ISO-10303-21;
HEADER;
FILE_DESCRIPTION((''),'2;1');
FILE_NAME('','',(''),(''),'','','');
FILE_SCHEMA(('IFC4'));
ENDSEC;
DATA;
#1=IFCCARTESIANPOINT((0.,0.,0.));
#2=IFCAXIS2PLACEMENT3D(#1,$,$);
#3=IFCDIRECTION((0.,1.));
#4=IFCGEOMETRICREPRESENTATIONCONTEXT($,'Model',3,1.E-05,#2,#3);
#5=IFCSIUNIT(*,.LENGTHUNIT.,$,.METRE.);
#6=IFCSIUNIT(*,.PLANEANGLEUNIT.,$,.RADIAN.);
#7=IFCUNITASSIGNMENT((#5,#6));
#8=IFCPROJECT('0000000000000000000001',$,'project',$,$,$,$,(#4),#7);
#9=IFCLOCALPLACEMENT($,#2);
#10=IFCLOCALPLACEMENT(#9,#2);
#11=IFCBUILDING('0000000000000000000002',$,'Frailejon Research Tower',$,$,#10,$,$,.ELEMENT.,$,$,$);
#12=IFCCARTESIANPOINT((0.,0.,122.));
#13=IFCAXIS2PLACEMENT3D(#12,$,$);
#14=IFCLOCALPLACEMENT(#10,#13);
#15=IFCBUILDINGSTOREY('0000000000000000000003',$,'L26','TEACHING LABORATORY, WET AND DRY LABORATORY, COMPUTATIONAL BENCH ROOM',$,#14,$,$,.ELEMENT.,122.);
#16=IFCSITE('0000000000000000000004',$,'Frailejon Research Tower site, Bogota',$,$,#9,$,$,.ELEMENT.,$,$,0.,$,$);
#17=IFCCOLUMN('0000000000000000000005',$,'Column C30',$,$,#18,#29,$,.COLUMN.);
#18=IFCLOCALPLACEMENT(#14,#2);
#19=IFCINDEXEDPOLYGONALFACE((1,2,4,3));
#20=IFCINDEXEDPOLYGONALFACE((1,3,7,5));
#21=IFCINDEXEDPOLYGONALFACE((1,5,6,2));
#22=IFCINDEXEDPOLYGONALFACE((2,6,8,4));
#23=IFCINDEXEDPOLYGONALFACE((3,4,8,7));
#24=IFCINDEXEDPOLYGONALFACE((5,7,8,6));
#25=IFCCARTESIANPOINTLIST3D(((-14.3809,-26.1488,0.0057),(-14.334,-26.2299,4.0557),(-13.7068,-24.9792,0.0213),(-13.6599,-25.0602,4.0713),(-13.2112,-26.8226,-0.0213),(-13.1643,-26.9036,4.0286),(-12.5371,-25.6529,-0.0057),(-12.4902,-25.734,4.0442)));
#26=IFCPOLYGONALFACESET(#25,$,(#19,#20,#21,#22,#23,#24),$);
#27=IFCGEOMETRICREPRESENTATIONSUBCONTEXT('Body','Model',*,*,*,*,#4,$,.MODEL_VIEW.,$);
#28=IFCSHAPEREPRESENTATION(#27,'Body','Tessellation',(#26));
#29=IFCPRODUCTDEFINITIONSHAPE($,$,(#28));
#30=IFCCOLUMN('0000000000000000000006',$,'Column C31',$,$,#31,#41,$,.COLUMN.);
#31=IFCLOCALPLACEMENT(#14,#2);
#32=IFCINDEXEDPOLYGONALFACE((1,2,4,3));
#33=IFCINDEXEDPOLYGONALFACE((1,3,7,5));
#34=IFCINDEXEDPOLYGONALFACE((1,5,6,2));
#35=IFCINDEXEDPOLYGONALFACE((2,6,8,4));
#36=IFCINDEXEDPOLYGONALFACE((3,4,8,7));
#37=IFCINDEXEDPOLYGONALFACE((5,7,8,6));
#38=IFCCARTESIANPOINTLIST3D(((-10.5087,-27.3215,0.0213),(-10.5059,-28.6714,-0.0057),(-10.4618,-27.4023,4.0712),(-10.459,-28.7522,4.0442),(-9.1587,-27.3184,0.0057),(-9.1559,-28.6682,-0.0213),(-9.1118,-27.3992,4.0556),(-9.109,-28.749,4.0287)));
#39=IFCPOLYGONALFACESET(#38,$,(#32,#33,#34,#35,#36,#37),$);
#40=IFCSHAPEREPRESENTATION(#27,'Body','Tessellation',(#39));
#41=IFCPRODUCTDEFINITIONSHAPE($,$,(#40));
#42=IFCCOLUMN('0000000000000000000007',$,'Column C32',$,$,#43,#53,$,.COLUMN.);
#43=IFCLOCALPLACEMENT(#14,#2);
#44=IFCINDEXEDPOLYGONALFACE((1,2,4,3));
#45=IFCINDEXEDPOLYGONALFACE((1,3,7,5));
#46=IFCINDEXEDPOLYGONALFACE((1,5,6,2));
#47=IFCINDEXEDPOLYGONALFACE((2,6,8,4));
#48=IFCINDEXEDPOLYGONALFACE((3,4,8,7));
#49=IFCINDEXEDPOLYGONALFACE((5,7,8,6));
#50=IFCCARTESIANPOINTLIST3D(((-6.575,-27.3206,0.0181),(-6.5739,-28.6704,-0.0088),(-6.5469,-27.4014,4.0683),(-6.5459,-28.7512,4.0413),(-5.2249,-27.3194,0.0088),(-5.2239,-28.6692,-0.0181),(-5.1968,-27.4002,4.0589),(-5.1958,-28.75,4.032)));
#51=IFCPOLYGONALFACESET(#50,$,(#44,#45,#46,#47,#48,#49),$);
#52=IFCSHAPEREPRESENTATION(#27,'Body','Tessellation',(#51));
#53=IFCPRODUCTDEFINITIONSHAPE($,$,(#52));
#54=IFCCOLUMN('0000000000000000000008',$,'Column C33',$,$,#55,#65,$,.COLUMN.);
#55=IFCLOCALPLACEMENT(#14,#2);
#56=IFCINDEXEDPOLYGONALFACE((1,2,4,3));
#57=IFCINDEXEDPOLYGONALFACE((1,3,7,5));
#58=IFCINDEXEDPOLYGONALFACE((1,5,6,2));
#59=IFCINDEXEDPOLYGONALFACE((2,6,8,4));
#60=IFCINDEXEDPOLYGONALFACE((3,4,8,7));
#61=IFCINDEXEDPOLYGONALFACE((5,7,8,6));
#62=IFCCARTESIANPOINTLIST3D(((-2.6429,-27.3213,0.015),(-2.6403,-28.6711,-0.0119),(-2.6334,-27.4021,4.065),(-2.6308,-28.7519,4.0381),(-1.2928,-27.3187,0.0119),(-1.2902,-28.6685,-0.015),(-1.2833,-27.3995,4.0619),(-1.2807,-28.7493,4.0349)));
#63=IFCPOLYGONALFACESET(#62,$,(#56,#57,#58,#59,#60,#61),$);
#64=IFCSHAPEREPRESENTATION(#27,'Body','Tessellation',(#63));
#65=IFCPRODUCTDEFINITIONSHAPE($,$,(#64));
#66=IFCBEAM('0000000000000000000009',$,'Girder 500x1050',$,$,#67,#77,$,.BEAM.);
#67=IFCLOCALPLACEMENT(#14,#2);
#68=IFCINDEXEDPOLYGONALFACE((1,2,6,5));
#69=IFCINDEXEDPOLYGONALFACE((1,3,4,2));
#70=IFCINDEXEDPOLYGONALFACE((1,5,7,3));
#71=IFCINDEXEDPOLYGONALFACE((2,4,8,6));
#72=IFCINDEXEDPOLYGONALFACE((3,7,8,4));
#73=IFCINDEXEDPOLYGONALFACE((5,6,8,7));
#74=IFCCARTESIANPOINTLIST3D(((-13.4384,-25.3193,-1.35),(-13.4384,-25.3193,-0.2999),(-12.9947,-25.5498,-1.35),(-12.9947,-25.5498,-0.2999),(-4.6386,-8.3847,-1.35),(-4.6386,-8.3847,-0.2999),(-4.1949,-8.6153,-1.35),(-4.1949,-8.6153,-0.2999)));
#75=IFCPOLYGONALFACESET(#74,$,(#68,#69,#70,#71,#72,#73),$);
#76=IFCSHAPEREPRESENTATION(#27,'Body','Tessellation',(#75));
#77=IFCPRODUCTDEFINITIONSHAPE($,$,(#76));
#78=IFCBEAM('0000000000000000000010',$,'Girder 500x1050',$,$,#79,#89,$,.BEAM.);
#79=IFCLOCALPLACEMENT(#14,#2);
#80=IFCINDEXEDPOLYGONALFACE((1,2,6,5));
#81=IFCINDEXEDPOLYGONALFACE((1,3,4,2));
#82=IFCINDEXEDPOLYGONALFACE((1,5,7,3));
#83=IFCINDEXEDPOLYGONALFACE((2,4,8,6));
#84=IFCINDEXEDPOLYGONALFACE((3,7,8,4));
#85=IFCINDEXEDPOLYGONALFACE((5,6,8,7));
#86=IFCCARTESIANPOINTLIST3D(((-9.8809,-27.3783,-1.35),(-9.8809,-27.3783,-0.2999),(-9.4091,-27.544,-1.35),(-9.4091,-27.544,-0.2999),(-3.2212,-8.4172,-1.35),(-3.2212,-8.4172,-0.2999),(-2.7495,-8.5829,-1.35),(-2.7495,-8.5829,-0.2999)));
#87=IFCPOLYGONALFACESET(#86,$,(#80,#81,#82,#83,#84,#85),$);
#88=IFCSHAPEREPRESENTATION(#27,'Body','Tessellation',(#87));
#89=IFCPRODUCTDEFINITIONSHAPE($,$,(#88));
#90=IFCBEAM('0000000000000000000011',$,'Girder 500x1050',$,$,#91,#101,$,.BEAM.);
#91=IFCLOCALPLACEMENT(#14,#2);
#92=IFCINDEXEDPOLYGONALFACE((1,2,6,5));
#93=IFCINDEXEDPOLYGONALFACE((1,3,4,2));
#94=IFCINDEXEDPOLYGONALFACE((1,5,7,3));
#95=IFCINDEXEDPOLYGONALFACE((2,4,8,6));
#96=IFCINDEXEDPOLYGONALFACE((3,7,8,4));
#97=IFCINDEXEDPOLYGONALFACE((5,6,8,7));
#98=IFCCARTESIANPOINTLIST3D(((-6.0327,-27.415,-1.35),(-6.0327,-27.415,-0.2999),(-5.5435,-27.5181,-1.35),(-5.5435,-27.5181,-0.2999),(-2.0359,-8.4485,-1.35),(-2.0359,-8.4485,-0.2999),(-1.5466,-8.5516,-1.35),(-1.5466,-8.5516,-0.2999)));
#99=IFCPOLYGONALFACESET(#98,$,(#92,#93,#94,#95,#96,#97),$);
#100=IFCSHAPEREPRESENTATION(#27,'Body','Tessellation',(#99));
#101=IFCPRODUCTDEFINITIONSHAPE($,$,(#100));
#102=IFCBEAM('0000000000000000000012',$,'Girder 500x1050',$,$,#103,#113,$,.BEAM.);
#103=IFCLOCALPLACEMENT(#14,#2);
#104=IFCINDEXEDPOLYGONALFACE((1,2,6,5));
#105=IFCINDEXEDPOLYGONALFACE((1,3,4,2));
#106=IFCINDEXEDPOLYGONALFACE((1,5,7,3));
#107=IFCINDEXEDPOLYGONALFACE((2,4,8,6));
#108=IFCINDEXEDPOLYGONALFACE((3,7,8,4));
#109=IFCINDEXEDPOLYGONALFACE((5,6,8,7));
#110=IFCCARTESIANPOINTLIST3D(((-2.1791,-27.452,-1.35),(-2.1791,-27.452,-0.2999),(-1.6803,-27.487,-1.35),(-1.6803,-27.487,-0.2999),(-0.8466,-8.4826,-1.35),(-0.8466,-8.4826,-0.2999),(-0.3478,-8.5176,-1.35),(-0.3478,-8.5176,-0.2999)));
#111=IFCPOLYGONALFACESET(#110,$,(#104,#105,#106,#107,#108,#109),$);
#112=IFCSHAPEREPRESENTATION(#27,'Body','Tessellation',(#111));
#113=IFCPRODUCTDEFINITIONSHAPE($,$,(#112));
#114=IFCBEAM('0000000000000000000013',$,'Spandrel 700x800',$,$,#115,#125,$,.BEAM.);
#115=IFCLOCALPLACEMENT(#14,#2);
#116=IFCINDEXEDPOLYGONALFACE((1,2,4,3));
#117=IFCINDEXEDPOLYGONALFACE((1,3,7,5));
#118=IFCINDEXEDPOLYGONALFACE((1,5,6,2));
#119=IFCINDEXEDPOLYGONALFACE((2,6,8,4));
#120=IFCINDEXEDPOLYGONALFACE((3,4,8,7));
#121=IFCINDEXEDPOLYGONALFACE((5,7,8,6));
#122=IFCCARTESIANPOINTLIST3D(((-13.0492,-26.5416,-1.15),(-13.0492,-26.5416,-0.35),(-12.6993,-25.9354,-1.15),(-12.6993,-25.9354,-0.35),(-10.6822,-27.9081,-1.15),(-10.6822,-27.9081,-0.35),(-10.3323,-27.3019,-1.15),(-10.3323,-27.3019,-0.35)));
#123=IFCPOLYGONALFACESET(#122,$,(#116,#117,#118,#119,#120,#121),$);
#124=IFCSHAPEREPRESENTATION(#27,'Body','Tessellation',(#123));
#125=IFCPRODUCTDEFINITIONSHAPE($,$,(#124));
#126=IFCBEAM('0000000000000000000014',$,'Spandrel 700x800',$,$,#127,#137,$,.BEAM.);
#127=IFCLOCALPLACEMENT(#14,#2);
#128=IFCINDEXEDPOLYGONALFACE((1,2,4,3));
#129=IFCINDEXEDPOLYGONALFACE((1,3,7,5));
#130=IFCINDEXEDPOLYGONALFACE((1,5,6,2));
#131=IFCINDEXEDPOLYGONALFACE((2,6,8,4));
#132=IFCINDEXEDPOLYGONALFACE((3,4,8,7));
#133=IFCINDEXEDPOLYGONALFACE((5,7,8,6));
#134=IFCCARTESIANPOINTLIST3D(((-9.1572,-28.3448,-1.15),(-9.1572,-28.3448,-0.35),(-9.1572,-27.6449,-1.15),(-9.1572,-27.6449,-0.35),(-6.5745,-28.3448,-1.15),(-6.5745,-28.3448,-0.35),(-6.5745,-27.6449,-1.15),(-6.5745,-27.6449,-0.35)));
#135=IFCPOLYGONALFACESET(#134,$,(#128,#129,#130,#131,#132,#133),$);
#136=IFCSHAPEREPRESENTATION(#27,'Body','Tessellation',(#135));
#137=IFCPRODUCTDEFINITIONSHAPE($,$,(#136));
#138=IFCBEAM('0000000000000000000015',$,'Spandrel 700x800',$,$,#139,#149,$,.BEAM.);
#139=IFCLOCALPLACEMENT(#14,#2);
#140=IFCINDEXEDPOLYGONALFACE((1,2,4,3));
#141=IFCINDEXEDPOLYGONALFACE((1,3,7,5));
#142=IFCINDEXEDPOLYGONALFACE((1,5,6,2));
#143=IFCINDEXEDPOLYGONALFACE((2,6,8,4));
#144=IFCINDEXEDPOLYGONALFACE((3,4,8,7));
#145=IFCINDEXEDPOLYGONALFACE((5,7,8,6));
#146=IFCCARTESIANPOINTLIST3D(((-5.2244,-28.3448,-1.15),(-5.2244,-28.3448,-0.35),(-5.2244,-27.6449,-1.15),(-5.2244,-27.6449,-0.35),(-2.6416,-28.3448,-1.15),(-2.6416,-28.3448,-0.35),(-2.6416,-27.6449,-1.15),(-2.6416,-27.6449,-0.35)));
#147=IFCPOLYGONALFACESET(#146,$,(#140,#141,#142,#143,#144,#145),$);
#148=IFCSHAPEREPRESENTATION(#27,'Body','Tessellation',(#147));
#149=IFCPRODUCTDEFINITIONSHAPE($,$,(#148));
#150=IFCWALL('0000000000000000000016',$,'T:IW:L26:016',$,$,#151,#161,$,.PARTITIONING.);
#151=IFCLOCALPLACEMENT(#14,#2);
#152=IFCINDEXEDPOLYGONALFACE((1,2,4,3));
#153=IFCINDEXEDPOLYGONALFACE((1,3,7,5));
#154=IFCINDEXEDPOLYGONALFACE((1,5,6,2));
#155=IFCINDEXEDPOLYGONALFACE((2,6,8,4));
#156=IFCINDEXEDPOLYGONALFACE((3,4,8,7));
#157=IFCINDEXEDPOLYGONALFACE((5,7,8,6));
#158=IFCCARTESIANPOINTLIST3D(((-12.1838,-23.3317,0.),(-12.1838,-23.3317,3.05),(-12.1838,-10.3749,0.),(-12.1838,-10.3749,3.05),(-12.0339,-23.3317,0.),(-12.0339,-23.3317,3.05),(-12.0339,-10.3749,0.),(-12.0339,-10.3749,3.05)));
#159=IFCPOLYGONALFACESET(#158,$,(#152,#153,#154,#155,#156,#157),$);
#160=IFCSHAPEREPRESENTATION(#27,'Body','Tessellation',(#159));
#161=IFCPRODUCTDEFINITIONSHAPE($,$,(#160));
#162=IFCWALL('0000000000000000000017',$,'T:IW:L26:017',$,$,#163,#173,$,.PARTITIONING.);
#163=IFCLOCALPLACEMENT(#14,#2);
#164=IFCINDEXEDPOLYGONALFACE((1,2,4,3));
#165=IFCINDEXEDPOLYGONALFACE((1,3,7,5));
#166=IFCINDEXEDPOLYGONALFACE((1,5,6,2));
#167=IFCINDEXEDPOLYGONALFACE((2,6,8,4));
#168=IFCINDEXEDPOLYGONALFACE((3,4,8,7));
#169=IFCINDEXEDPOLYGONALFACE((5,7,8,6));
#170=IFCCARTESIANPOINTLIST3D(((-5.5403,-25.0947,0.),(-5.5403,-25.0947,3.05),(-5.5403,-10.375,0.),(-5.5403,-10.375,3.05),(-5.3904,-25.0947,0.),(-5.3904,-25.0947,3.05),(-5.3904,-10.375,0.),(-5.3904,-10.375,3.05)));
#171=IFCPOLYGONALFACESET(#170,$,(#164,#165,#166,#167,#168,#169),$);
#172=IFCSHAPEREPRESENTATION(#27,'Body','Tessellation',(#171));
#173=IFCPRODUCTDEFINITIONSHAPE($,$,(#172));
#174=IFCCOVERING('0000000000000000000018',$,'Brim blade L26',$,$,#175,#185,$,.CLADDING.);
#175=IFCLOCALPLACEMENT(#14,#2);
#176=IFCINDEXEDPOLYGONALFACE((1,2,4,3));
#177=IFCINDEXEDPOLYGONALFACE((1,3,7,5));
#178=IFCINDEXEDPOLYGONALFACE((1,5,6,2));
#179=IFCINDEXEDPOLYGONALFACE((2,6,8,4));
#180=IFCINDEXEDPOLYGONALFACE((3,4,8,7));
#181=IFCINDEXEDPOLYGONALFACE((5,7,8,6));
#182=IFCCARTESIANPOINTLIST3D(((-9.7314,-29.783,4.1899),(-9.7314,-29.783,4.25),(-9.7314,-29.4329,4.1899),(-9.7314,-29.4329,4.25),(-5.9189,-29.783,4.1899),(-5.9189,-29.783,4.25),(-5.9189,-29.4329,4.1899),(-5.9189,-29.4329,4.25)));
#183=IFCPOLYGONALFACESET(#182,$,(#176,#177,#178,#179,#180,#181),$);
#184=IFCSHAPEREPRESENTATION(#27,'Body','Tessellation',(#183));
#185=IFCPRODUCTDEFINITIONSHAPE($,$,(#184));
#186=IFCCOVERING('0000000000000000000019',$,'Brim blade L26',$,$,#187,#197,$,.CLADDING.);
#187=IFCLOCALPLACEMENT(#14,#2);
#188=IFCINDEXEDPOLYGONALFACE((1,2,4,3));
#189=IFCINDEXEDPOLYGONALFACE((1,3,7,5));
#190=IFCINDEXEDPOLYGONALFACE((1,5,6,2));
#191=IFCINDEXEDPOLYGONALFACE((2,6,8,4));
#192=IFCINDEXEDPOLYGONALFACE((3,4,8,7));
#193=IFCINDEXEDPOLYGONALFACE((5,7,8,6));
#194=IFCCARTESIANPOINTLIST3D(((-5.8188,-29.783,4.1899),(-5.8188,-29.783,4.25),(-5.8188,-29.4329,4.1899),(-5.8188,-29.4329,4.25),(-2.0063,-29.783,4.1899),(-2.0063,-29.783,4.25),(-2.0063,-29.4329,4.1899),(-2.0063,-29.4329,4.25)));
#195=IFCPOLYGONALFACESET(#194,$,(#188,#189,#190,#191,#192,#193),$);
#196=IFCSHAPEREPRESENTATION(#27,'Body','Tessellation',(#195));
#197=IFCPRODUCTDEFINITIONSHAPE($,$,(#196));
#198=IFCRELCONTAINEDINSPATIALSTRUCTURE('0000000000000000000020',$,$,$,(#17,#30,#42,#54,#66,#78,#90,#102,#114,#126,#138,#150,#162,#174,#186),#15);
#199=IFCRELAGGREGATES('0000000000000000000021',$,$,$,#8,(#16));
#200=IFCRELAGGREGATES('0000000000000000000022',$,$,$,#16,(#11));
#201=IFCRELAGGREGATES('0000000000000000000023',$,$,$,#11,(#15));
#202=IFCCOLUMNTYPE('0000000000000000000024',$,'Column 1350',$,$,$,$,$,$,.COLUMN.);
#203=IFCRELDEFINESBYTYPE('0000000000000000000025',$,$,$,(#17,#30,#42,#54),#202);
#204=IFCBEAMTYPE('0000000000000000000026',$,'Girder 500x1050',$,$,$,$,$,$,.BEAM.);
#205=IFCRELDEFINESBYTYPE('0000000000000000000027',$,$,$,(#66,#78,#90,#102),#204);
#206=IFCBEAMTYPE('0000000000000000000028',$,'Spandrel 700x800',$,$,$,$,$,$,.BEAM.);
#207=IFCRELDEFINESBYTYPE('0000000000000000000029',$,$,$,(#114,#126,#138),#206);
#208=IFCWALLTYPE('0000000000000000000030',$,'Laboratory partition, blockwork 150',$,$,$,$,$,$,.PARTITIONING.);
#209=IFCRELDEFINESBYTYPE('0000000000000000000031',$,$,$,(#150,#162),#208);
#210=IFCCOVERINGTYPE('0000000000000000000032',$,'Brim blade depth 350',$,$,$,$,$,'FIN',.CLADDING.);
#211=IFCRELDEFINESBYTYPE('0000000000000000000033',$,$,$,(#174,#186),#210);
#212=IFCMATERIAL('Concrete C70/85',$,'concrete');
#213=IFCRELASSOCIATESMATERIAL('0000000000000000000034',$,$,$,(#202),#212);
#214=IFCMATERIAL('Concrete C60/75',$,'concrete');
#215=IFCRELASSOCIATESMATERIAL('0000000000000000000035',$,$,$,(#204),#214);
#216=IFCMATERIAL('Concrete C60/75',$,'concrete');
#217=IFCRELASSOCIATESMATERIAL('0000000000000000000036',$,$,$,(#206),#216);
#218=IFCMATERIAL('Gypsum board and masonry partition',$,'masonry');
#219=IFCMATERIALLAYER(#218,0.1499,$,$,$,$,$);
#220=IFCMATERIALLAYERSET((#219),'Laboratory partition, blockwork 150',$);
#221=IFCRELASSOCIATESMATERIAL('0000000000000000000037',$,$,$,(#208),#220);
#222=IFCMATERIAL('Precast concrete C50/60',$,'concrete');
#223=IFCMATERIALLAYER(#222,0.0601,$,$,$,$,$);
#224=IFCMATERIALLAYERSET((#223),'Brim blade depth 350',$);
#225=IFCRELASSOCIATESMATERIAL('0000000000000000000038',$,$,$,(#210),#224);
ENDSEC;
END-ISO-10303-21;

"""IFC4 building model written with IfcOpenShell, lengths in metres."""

from ifc_helpers import new_model, si_unit, direction, frame, frame_2d, origin, origin_2d, place, context, subcontext, project, spatial, polyline, rectangle, outline, extrude, material, layer, layer_set, material_profile, profile_set, type_object, element, save


model = new_model("IFC4")

# Units and contexts
model_context = context("Model", 3, precision=1e-05, world=origin(), true_north=direction((0.0, 1.0)))
body_context = subcontext(model_context, "Body", "Model", "MODEL_VIEW")
ifc_project = project(units=[si_unit("LENGTHUNIT", "METRE"), si_unit("PLANEANGLEUNIT", "RADIAN")], contexts=[model_context])

# Site, building, storey
site_placement = place(None, origin())
site = spatial("IfcSite", under=ifc_project, at=site_placement, Name="Frailejon Research Tower site, Bogota", CompositionType="ELEMENT", RefElevation=0.0)
building_placement = place(site_placement, origin())
building = spatial("IfcBuilding", under=site, at=building_placement, Name="Frailejon Research Tower", CompositionType="ELEMENT")
storey_placement = place(building_placement, frame((0.0, 0.0, 122.0)))
storey = spatial("IfcBuildingStorey", under=building, at=storey_placement, Name="L26", Description="TEACHING LABORATORY, WET AND DRY LABORATORY, COMPUTATIONAL BENCH ROOM", CompositionType="ELEMENT", Elevation=122.0)

# Columns
ifc_material_1 = material(Name="Concrete C70/85", Category="concrete")
ifc_material_profile_1 = material_profile(ifc_material_1, rectangle(XDim=1.3501, YDim=1.3501, at=origin_2d()), Name="Column 1350")
ifc_profile_set_1 = profile_set([ifc_material_profile_1], Name="Concrete C70/85")
column_type = type_object("IfcColumnType", Name="Column 1350", PredefinedType="COLUMN", material=ifc_profile_set_1)
for number, where, z_axis, x_axis, name in (
    (1, (-13.459, -25.9009, 0.0), (0.011571, -0.020008, 0.999733), (0.866357, -0.499025, -0.020014), "Column C30"),
    (2, (-9.8323, -27.9949, 0.0), (0.011571, -0.019948, 0.999734), (0.999931, 0.002318, -0.011527), "Column C31"),
    (3, (-5.8994, -27.9949, 0.0), (0.006931, -0.019949, 0.999777), (0.999976, 0.000889, -0.006914), "Column C32"),
):
    element("IfcColumn", number, at=place(storey_placement, frame(where, z_axis=z_axis, x_axis=x_axis)), inside=storey, type_object=column_type, Name=name, PredefinedType="COLUMN", context=body_context, shape_type="SweptSolid", body=[
        extrude(rectangle(XDim=1.3501, YDim=1.3501, at=origin_2d()), origin(), (0.0, 0.0, 1.0), 4.051),
    ])
column_placement = place(storey_placement, frame((-1.9666, -27.9949, 0.0), z_axis=(0.00235, -0.019949, 0.999798), x_axis=(0.999995, 0.001936, -0.002312)))
element("IfcColumn", 4, at=column_placement, inside=storey, type_object=column_type, Name="Column C33", PredefinedType="COLUMN", context=body_context, shape_type="SweptSolid", body=[
    extrude(rectangle(XDim=1.3501, YDim=1.3501, at=origin_2d()), origin(), (0.0, 0.0, 1.0), 4.0508),
])

# Beams
ifc_material_2 = material(Name="Concrete C60/75", Category="concrete")
ifc_material_profile_2 = material_profile(ifc_material_2, rectangle(XDim=0.5, YDim=1.05, at=origin_2d()), Name="Girder 500x1050")
ifc_profile_set_2 = profile_set([ifc_material_profile_2], Name="Concrete C60/75")
beam_type_1 = type_object("IfcBeamType", Name="Girder 500x1050", PredefinedType="BEAM", material=ifc_profile_set_2)
beam_1_placement = place(storey_placement, frame((-13.2166, -25.4346, -0.825), z_axis=(0.461098, 0.887349, 0.0), x_axis=(-0.887349, 0.461098, 0.0)))
element("IfcBeam", 5, at=beam_1_placement, inside=storey, type_object=beam_type_1, Name="Girder 500x1050", PredefinedType="BEAM", context=body_context, shape_type="SweptSolid", body=[
    extrude(rectangle(XDim=0.5, YDim=1.05, at=origin_2d()), origin(), (0.0, 0.0, 1.0), 19.0845),
])
beam_2_placement = place(storey_placement, frame((-9.645, -27.4612, -0.825), z_axis=(0.331381, 0.943497, 0.0), x_axis=(-0.943497, 0.331381, 0.0)))
element("IfcBeam", 6, at=beam_2_placement, inside=storey, type_object=beam_type_1, Name="Girder 500x1050", PredefinedType="BEAM", context=body_context, shape_type="SweptSolid", body=[
    extrude(rectangle(XDim=0.5, YDim=1.05, at=origin_2d()), origin(), (0.0, 0.0, 1.0), 20.0967),
])
beam_3_placement = place(storey_placement, frame((-5.7881, -27.4666, -0.825), z_axis=(0.206202, 0.97851, 0.0), x_axis=(-0.97851, 0.206202, 0.0)))
element("IfcBeam", 7, at=beam_3_placement, inside=storey, type_object=beam_type_1, Name="Girder 500x1050", PredefinedType="BEAM", context=body_context, shape_type="SweptSolid", body=[
    extrude(rectangle(XDim=0.5, YDim=1.05, at=origin_2d()), origin(), (0.0, 0.0, 1.0), 19.3831),
])
beam_4_placement = place(storey_placement, frame((-1.9297, -27.4695, -0.825), z_axis=(0.070073, 0.997542, 0.0), x_axis=(-0.997542, 0.070073, 0.0)))
element("IfcBeam", 8, at=beam_4_placement, inside=storey, type_object=beam_type_1, Name="Girder 500x1050", PredefinedType="BEAM", context=body_context, shape_type="SweptSolid", body=[
    extrude(rectangle(XDim=0.5, YDim=1.05, at=origin_2d()), origin(), (0.0, 0.0, 1.0), 19.0161),
])
ifc_material_3 = material(Name="Concrete C60/75", Category="concrete")
ifc_material_profile_3 = material_profile(ifc_material_3, rectangle(XDim=0.7, YDim=0.8, at=origin_2d()), Name="Spandrel 700x800")
ifc_profile_set_3 = profile_set([ifc_material_profile_3], Name="Concrete C60/75")
beam_type_2 = type_object("IfcBeamType", Name="Spandrel 700x800", PredefinedType="BEAM", material=ifc_profile_set_3)
beam_5_placement = place(storey_placement, frame((-12.8743, -26.2385, -0.75), z_axis=(0.866041, -0.499972, 0.0), x_axis=(0.499972, 0.866041, 0.0)))
element("IfcBeam", 9, at=beam_5_placement, inside=storey, type_object=beam_type_2, Name="Spandrel 700x800", PredefinedType="BEAM", context=body_context, shape_type="SweptSolid", body=[
    extrude(rectangle(XDim=0.7, YDim=0.8, at=origin_2d()), origin(), (0.0, 0.0, 1.0), 2.7332),
])
for number, where, z_axis, x_axis, name in (
    (10, (-9.1572, -27.9949, -0.75), (1.0, 0.0, 0.0), (0.0, 1.0, 0.0), "Spandrel 700x800"),
    (11, (-5.2244, -27.9949, -0.75), (1.0, 0.0, 0.0), (0.0, 1.0, 0.0), "Spandrel 700x800"),
):
    element("IfcBeam", number, at=place(storey_placement, frame(where, z_axis=z_axis, x_axis=x_axis)), inside=storey, type_object=beam_type_2, Name=name, PredefinedType="BEAM", context=body_context, shape_type="SweptSolid", body=[
        extrude(rectangle(XDim=0.7, YDim=0.8, at=origin_2d()), origin(), (0.0, 0.0, 1.0), 2.5828),
    ])

# Walls
ifc_material_4 = material(Name="Gypsum board and masonry partition", Category="masonry")
ifc_layer_1 = layer(ifc_material_4, 0.1499)
ifc_layer_set_1 = layer_set([ifc_layer_1], Name="Laboratory partition, blockwork 150")
wall_type_1 = type_object("IfcWallType", Name="Laboratory partition, blockwork 150", PredefinedType="PARTITIONING", material=ifc_layer_set_1)
wall_1_placement = place(storey_placement, frame((-12.1089, -23.3318, 0.0), z_axis=(0.0, 0.0, 1.0), x_axis=(0.0, 1.0, 0.0)))
element("IfcWall", 12, at=wall_1_placement, inside=storey, type_object=wall_type_1, Name="T:IW:L26:016", PredefinedType="PARTITIONING", context=body_context, shape_type="SweptSolid", body=[
    extrude(rectangle(XDim=12.9568, YDim=0.1499, at=frame_2d((6.4785, 0.0))), origin(), (0.0, 0.0, 1.0), 3.05),
])
wall_2_placement = place(storey_placement, frame((-5.4653, -25.0947, 0.0), z_axis=(0.0, 0.0, 1.0), x_axis=(0.0, 1.0, 0.0)))
element("IfcWall", 13, at=wall_2_placement, inside=storey, type_object=wall_type_1, Name="T:IW:L26:017", PredefinedType="PARTITIONING", context=body_context, shape_type="SweptSolid", body=[
    extrude(rectangle(XDim=14.7197, YDim=0.1499, at=frame_2d((7.3599, 0.0))), origin(), (0.0, 0.0, 1.0), 3.05),
])

# Coverings
ifc_material_5 = material(Name="Precast concrete C50/60", Category="concrete")
ifc_layer_2 = layer(ifc_material_5, 0.0601)
ifc_layer_set_2 = layer_set([ifc_layer_2], Name="Brim blade depth 350")
covering_type_1 = type_object("IfcCoveringType", Name="Brim blade depth 350", ElementType="FIN", PredefinedType="CLADDING", material=ifc_layer_set_2)
for number, where, z_axis, x_axis, name in (
    (14, (-5.9189, -29.4329, 4.25), (-1.0, 0.0, 0.0), (0.0, -1.0, 0.0), "Brim blade L26"),
    (15, (-2.0063, -29.4329, 4.25), (-1.0, 0.0, 0.0), (0.0, -1.0, 0.0), "Brim blade L26"),
):
    element("IfcCovering", number, at=place(storey_placement, frame(where, z_axis=z_axis, x_axis=x_axis)), inside=storey, type_object=covering_type_1, Name=name, PredefinedType="CLADDING", context=body_context, shape_type="SweptSolid", body=[
        extrude(outline(polyline([(0.0, -0.0601), (0.3501, -0.0601), (0.3501, 0.0), (0.0, 0.0), (0.0, -0.0601)])), origin(), (0.0, 0.0, 1.0), 3.8125),
    ])

save(model, "model.ifc")
